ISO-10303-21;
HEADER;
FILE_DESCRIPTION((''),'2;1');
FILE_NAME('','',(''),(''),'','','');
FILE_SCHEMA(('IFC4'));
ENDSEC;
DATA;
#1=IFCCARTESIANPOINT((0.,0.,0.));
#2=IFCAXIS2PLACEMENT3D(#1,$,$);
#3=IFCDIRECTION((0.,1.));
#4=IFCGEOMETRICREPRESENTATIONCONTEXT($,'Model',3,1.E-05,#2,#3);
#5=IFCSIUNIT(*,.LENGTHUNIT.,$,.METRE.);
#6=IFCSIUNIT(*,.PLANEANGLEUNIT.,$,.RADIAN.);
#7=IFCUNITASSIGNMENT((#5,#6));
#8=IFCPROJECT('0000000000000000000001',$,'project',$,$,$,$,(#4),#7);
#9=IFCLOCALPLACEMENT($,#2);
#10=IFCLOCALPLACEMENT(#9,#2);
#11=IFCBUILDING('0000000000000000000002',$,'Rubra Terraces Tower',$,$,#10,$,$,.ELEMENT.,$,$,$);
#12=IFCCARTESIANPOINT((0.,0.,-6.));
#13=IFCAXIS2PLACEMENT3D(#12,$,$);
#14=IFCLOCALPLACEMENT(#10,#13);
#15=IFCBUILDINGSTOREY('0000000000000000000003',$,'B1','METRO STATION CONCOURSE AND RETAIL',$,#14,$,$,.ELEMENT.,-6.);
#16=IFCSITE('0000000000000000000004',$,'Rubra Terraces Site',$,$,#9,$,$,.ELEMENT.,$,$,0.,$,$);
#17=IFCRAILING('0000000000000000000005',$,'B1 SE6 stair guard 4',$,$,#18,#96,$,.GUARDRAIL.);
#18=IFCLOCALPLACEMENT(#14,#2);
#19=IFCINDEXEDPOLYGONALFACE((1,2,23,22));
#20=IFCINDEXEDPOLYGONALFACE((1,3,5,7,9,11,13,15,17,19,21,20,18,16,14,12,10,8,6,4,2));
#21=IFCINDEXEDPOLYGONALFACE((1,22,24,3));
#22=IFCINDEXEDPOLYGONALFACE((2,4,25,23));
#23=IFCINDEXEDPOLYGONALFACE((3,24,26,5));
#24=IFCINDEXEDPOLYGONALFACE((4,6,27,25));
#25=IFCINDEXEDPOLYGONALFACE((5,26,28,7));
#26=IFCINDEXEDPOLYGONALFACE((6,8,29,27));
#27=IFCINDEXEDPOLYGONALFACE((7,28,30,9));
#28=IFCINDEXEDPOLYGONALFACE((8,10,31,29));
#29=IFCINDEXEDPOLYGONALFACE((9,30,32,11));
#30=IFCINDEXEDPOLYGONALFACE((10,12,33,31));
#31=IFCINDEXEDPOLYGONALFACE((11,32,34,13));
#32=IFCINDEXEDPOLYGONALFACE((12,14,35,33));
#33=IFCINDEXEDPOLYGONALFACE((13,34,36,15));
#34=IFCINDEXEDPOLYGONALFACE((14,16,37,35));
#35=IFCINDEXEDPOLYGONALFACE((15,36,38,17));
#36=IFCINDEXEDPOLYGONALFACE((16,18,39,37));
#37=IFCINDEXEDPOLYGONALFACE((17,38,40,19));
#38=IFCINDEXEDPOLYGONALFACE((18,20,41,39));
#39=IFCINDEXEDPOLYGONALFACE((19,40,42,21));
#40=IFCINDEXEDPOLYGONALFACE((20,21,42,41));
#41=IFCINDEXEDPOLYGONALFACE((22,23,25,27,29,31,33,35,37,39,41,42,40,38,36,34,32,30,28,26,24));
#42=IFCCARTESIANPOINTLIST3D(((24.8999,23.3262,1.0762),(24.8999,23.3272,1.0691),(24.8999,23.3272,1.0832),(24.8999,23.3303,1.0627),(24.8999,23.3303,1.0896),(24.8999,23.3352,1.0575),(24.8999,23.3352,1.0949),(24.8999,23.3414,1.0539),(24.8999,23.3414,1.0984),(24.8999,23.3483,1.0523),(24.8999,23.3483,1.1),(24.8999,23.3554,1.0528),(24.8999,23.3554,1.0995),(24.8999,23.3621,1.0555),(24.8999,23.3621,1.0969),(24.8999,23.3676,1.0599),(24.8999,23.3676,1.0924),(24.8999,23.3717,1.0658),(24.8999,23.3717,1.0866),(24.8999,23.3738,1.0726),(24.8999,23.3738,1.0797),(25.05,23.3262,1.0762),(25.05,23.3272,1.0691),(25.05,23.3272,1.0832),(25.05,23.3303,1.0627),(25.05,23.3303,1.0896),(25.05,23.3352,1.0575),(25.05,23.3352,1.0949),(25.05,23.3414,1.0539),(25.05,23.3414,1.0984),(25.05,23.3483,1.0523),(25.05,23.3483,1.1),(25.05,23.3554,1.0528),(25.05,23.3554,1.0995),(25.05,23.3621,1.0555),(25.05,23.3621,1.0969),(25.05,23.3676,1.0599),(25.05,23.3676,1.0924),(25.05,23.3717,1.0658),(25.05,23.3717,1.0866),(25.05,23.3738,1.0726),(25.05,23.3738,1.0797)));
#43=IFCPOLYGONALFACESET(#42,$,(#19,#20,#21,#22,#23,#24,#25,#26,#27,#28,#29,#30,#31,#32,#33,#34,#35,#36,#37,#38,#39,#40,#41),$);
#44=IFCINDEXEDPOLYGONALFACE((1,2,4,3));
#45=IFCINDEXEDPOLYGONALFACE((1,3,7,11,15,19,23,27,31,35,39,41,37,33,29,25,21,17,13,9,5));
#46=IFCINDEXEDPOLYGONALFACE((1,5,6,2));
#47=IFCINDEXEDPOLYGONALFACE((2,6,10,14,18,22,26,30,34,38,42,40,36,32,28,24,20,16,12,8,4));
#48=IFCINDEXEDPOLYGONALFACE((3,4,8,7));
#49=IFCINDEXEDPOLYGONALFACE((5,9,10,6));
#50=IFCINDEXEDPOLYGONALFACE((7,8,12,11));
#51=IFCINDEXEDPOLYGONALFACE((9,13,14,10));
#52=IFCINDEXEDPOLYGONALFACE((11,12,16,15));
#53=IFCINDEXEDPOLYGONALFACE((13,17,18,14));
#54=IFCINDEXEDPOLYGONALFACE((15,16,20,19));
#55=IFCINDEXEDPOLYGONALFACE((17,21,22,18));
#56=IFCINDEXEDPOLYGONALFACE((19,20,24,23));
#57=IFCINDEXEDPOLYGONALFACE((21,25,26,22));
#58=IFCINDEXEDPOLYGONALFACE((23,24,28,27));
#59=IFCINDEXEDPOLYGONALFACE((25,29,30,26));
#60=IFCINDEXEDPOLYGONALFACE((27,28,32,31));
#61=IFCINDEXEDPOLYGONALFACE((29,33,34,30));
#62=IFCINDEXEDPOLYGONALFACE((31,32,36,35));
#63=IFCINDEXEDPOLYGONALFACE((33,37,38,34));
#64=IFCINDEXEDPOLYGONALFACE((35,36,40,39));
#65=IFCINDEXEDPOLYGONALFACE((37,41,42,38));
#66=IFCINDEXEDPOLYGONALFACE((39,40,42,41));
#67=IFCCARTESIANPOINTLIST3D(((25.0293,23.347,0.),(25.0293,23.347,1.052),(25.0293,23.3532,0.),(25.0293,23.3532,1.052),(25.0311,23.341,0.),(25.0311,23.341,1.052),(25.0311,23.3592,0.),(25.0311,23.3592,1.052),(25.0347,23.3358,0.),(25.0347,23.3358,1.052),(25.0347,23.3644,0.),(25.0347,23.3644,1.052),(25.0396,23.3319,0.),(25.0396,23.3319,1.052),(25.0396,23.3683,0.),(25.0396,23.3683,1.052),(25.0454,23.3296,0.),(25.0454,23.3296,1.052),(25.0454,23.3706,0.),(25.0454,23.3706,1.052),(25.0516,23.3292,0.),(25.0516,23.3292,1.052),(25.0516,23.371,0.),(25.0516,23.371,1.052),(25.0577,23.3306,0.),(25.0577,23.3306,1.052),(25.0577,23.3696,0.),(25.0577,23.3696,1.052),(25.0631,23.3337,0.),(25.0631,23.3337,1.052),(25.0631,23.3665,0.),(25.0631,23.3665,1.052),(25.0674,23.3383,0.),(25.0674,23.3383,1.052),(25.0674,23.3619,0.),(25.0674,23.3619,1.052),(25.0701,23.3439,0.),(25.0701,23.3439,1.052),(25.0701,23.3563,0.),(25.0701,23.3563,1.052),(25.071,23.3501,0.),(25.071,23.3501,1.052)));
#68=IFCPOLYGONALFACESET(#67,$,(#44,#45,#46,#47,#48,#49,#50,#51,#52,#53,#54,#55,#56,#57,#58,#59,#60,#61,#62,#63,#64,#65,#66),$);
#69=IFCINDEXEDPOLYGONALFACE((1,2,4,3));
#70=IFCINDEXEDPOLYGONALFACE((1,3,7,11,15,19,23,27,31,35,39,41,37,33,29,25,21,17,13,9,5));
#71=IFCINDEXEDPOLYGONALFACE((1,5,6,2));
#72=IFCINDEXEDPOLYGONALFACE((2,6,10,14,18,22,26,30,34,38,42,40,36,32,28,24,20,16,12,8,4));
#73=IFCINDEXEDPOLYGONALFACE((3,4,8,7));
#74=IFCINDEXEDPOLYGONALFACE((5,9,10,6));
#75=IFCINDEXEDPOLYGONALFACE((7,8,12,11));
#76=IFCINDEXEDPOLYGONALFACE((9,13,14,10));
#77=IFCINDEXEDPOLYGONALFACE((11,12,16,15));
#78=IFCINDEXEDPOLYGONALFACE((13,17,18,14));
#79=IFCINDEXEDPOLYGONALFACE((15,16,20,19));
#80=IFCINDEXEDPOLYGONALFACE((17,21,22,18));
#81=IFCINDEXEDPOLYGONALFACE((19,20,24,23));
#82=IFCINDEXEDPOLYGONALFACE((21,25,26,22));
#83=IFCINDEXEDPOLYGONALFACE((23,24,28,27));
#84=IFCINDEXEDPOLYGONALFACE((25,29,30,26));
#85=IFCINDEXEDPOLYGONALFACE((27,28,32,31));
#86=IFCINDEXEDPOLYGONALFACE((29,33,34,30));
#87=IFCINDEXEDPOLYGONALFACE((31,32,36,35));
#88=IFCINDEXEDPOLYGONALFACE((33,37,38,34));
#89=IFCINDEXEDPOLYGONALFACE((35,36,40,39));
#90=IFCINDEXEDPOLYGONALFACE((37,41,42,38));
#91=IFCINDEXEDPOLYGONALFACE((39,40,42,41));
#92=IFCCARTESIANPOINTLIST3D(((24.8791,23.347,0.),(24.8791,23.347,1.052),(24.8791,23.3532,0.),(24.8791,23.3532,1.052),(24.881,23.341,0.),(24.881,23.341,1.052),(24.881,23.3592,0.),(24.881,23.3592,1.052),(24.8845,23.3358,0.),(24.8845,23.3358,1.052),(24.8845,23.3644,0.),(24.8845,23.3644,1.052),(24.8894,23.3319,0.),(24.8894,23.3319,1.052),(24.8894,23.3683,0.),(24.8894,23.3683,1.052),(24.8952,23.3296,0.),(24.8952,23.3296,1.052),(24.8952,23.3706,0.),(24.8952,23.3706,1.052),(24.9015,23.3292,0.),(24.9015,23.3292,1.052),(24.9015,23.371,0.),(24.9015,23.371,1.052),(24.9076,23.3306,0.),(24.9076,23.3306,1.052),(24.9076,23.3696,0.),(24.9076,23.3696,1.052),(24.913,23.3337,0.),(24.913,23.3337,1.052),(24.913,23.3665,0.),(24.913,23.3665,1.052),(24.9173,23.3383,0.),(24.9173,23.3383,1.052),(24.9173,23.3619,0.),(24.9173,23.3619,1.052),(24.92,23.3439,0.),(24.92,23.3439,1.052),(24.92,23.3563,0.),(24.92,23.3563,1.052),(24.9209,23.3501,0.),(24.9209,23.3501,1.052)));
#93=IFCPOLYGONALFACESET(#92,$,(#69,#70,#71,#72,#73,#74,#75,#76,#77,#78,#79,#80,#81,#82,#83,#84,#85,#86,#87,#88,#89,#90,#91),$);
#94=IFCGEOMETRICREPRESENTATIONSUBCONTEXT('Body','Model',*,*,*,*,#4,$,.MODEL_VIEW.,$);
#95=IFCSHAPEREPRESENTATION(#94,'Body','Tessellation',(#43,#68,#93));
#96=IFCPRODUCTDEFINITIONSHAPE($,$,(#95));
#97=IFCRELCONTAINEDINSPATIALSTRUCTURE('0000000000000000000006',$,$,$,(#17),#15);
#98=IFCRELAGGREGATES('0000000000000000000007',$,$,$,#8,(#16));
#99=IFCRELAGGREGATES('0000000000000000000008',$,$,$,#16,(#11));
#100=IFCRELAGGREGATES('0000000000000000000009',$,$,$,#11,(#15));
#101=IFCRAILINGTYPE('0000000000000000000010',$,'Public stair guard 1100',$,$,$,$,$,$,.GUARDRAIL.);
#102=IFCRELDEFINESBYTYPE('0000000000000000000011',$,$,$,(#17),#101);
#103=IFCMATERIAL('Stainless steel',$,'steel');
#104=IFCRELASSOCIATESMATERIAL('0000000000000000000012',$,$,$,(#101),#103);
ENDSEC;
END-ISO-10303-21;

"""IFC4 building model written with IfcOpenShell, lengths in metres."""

from ifc_helpers import new_model, si_unit, direction, frame, origin, origin_2d, place, context, subcontext, project, spatial, circle, extrude, material, type_object, element, save


model = new_model("IFC4")

# Units and contexts
model_context = context("Model", 3, precision=1e-05, world=origin(), true_north=direction((0.0, 1.0)))
body_context = subcontext(model_context, "Body", "Model", "MODEL_VIEW")
ifc_project = project(units=[si_unit("LENGTHUNIT", "METRE"), si_unit("PLANEANGLEUNIT", "RADIAN")], contexts=[model_context])

# Site, building, storey
site_placement = place(None, origin())
site = spatial("IfcSite", under=ifc_project, at=site_placement, Name="Rubra Terraces Site", CompositionType="ELEMENT", RefElevation=0.0)
building_placement = place(site_placement, origin())
building = spatial("IfcBuilding", under=site, at=building_placement, Name="Rubra Terraces Tower", CompositionType="ELEMENT")
storey_placement = place(building_placement, frame((0.0, 0.0, -6.0)))
storey = spatial("IfcBuildingStorey", under=building, at=storey_placement, Name="B1", Description="METRO STATION CONCOURSE AND RETAIL", CompositionType="ELEMENT", Elevation=-6.0)

# Railing
ifc_material_1 = material(Name="Stainless steel", Category="steel")
railing_type_1 = type_object("IfcRailingType", Name="Public stair guard 1100", PredefinedType="GUARDRAIL", material=ifc_material_1)
railing_1_placement = place(storey_placement, frame((25.05, 23.3501, 0.0)))
element("IfcRailing", 1, at=railing_1_placement, inside=storey, type_object=railing_type_1, Name="B1 SE6 stair guard 4", PredefinedType="GUARDRAIL", context=body_context, shape_type="SweptSolid", body=[
    extrude(circle(Radius=0.0239, at=origin_2d()), frame((0.0, 0.0, 1.0762), z_axis=(-1.0, 0.0, 0.0), x_axis=(0.0, -1.0, 0.0)), (0.0, 0.0, 1.0), 0.1501),
    extrude(circle(Radius=0.021, at=origin_2d()), origin(), (0.0, 0.0, 1.0), 1.052),
    extrude(circle(Radius=0.021, at=origin_2d()), frame((-0.1501, 0.0, 0.0)), (0.0, 0.0, 1.0), 1.052),
])

save(model, "model.ifc")
